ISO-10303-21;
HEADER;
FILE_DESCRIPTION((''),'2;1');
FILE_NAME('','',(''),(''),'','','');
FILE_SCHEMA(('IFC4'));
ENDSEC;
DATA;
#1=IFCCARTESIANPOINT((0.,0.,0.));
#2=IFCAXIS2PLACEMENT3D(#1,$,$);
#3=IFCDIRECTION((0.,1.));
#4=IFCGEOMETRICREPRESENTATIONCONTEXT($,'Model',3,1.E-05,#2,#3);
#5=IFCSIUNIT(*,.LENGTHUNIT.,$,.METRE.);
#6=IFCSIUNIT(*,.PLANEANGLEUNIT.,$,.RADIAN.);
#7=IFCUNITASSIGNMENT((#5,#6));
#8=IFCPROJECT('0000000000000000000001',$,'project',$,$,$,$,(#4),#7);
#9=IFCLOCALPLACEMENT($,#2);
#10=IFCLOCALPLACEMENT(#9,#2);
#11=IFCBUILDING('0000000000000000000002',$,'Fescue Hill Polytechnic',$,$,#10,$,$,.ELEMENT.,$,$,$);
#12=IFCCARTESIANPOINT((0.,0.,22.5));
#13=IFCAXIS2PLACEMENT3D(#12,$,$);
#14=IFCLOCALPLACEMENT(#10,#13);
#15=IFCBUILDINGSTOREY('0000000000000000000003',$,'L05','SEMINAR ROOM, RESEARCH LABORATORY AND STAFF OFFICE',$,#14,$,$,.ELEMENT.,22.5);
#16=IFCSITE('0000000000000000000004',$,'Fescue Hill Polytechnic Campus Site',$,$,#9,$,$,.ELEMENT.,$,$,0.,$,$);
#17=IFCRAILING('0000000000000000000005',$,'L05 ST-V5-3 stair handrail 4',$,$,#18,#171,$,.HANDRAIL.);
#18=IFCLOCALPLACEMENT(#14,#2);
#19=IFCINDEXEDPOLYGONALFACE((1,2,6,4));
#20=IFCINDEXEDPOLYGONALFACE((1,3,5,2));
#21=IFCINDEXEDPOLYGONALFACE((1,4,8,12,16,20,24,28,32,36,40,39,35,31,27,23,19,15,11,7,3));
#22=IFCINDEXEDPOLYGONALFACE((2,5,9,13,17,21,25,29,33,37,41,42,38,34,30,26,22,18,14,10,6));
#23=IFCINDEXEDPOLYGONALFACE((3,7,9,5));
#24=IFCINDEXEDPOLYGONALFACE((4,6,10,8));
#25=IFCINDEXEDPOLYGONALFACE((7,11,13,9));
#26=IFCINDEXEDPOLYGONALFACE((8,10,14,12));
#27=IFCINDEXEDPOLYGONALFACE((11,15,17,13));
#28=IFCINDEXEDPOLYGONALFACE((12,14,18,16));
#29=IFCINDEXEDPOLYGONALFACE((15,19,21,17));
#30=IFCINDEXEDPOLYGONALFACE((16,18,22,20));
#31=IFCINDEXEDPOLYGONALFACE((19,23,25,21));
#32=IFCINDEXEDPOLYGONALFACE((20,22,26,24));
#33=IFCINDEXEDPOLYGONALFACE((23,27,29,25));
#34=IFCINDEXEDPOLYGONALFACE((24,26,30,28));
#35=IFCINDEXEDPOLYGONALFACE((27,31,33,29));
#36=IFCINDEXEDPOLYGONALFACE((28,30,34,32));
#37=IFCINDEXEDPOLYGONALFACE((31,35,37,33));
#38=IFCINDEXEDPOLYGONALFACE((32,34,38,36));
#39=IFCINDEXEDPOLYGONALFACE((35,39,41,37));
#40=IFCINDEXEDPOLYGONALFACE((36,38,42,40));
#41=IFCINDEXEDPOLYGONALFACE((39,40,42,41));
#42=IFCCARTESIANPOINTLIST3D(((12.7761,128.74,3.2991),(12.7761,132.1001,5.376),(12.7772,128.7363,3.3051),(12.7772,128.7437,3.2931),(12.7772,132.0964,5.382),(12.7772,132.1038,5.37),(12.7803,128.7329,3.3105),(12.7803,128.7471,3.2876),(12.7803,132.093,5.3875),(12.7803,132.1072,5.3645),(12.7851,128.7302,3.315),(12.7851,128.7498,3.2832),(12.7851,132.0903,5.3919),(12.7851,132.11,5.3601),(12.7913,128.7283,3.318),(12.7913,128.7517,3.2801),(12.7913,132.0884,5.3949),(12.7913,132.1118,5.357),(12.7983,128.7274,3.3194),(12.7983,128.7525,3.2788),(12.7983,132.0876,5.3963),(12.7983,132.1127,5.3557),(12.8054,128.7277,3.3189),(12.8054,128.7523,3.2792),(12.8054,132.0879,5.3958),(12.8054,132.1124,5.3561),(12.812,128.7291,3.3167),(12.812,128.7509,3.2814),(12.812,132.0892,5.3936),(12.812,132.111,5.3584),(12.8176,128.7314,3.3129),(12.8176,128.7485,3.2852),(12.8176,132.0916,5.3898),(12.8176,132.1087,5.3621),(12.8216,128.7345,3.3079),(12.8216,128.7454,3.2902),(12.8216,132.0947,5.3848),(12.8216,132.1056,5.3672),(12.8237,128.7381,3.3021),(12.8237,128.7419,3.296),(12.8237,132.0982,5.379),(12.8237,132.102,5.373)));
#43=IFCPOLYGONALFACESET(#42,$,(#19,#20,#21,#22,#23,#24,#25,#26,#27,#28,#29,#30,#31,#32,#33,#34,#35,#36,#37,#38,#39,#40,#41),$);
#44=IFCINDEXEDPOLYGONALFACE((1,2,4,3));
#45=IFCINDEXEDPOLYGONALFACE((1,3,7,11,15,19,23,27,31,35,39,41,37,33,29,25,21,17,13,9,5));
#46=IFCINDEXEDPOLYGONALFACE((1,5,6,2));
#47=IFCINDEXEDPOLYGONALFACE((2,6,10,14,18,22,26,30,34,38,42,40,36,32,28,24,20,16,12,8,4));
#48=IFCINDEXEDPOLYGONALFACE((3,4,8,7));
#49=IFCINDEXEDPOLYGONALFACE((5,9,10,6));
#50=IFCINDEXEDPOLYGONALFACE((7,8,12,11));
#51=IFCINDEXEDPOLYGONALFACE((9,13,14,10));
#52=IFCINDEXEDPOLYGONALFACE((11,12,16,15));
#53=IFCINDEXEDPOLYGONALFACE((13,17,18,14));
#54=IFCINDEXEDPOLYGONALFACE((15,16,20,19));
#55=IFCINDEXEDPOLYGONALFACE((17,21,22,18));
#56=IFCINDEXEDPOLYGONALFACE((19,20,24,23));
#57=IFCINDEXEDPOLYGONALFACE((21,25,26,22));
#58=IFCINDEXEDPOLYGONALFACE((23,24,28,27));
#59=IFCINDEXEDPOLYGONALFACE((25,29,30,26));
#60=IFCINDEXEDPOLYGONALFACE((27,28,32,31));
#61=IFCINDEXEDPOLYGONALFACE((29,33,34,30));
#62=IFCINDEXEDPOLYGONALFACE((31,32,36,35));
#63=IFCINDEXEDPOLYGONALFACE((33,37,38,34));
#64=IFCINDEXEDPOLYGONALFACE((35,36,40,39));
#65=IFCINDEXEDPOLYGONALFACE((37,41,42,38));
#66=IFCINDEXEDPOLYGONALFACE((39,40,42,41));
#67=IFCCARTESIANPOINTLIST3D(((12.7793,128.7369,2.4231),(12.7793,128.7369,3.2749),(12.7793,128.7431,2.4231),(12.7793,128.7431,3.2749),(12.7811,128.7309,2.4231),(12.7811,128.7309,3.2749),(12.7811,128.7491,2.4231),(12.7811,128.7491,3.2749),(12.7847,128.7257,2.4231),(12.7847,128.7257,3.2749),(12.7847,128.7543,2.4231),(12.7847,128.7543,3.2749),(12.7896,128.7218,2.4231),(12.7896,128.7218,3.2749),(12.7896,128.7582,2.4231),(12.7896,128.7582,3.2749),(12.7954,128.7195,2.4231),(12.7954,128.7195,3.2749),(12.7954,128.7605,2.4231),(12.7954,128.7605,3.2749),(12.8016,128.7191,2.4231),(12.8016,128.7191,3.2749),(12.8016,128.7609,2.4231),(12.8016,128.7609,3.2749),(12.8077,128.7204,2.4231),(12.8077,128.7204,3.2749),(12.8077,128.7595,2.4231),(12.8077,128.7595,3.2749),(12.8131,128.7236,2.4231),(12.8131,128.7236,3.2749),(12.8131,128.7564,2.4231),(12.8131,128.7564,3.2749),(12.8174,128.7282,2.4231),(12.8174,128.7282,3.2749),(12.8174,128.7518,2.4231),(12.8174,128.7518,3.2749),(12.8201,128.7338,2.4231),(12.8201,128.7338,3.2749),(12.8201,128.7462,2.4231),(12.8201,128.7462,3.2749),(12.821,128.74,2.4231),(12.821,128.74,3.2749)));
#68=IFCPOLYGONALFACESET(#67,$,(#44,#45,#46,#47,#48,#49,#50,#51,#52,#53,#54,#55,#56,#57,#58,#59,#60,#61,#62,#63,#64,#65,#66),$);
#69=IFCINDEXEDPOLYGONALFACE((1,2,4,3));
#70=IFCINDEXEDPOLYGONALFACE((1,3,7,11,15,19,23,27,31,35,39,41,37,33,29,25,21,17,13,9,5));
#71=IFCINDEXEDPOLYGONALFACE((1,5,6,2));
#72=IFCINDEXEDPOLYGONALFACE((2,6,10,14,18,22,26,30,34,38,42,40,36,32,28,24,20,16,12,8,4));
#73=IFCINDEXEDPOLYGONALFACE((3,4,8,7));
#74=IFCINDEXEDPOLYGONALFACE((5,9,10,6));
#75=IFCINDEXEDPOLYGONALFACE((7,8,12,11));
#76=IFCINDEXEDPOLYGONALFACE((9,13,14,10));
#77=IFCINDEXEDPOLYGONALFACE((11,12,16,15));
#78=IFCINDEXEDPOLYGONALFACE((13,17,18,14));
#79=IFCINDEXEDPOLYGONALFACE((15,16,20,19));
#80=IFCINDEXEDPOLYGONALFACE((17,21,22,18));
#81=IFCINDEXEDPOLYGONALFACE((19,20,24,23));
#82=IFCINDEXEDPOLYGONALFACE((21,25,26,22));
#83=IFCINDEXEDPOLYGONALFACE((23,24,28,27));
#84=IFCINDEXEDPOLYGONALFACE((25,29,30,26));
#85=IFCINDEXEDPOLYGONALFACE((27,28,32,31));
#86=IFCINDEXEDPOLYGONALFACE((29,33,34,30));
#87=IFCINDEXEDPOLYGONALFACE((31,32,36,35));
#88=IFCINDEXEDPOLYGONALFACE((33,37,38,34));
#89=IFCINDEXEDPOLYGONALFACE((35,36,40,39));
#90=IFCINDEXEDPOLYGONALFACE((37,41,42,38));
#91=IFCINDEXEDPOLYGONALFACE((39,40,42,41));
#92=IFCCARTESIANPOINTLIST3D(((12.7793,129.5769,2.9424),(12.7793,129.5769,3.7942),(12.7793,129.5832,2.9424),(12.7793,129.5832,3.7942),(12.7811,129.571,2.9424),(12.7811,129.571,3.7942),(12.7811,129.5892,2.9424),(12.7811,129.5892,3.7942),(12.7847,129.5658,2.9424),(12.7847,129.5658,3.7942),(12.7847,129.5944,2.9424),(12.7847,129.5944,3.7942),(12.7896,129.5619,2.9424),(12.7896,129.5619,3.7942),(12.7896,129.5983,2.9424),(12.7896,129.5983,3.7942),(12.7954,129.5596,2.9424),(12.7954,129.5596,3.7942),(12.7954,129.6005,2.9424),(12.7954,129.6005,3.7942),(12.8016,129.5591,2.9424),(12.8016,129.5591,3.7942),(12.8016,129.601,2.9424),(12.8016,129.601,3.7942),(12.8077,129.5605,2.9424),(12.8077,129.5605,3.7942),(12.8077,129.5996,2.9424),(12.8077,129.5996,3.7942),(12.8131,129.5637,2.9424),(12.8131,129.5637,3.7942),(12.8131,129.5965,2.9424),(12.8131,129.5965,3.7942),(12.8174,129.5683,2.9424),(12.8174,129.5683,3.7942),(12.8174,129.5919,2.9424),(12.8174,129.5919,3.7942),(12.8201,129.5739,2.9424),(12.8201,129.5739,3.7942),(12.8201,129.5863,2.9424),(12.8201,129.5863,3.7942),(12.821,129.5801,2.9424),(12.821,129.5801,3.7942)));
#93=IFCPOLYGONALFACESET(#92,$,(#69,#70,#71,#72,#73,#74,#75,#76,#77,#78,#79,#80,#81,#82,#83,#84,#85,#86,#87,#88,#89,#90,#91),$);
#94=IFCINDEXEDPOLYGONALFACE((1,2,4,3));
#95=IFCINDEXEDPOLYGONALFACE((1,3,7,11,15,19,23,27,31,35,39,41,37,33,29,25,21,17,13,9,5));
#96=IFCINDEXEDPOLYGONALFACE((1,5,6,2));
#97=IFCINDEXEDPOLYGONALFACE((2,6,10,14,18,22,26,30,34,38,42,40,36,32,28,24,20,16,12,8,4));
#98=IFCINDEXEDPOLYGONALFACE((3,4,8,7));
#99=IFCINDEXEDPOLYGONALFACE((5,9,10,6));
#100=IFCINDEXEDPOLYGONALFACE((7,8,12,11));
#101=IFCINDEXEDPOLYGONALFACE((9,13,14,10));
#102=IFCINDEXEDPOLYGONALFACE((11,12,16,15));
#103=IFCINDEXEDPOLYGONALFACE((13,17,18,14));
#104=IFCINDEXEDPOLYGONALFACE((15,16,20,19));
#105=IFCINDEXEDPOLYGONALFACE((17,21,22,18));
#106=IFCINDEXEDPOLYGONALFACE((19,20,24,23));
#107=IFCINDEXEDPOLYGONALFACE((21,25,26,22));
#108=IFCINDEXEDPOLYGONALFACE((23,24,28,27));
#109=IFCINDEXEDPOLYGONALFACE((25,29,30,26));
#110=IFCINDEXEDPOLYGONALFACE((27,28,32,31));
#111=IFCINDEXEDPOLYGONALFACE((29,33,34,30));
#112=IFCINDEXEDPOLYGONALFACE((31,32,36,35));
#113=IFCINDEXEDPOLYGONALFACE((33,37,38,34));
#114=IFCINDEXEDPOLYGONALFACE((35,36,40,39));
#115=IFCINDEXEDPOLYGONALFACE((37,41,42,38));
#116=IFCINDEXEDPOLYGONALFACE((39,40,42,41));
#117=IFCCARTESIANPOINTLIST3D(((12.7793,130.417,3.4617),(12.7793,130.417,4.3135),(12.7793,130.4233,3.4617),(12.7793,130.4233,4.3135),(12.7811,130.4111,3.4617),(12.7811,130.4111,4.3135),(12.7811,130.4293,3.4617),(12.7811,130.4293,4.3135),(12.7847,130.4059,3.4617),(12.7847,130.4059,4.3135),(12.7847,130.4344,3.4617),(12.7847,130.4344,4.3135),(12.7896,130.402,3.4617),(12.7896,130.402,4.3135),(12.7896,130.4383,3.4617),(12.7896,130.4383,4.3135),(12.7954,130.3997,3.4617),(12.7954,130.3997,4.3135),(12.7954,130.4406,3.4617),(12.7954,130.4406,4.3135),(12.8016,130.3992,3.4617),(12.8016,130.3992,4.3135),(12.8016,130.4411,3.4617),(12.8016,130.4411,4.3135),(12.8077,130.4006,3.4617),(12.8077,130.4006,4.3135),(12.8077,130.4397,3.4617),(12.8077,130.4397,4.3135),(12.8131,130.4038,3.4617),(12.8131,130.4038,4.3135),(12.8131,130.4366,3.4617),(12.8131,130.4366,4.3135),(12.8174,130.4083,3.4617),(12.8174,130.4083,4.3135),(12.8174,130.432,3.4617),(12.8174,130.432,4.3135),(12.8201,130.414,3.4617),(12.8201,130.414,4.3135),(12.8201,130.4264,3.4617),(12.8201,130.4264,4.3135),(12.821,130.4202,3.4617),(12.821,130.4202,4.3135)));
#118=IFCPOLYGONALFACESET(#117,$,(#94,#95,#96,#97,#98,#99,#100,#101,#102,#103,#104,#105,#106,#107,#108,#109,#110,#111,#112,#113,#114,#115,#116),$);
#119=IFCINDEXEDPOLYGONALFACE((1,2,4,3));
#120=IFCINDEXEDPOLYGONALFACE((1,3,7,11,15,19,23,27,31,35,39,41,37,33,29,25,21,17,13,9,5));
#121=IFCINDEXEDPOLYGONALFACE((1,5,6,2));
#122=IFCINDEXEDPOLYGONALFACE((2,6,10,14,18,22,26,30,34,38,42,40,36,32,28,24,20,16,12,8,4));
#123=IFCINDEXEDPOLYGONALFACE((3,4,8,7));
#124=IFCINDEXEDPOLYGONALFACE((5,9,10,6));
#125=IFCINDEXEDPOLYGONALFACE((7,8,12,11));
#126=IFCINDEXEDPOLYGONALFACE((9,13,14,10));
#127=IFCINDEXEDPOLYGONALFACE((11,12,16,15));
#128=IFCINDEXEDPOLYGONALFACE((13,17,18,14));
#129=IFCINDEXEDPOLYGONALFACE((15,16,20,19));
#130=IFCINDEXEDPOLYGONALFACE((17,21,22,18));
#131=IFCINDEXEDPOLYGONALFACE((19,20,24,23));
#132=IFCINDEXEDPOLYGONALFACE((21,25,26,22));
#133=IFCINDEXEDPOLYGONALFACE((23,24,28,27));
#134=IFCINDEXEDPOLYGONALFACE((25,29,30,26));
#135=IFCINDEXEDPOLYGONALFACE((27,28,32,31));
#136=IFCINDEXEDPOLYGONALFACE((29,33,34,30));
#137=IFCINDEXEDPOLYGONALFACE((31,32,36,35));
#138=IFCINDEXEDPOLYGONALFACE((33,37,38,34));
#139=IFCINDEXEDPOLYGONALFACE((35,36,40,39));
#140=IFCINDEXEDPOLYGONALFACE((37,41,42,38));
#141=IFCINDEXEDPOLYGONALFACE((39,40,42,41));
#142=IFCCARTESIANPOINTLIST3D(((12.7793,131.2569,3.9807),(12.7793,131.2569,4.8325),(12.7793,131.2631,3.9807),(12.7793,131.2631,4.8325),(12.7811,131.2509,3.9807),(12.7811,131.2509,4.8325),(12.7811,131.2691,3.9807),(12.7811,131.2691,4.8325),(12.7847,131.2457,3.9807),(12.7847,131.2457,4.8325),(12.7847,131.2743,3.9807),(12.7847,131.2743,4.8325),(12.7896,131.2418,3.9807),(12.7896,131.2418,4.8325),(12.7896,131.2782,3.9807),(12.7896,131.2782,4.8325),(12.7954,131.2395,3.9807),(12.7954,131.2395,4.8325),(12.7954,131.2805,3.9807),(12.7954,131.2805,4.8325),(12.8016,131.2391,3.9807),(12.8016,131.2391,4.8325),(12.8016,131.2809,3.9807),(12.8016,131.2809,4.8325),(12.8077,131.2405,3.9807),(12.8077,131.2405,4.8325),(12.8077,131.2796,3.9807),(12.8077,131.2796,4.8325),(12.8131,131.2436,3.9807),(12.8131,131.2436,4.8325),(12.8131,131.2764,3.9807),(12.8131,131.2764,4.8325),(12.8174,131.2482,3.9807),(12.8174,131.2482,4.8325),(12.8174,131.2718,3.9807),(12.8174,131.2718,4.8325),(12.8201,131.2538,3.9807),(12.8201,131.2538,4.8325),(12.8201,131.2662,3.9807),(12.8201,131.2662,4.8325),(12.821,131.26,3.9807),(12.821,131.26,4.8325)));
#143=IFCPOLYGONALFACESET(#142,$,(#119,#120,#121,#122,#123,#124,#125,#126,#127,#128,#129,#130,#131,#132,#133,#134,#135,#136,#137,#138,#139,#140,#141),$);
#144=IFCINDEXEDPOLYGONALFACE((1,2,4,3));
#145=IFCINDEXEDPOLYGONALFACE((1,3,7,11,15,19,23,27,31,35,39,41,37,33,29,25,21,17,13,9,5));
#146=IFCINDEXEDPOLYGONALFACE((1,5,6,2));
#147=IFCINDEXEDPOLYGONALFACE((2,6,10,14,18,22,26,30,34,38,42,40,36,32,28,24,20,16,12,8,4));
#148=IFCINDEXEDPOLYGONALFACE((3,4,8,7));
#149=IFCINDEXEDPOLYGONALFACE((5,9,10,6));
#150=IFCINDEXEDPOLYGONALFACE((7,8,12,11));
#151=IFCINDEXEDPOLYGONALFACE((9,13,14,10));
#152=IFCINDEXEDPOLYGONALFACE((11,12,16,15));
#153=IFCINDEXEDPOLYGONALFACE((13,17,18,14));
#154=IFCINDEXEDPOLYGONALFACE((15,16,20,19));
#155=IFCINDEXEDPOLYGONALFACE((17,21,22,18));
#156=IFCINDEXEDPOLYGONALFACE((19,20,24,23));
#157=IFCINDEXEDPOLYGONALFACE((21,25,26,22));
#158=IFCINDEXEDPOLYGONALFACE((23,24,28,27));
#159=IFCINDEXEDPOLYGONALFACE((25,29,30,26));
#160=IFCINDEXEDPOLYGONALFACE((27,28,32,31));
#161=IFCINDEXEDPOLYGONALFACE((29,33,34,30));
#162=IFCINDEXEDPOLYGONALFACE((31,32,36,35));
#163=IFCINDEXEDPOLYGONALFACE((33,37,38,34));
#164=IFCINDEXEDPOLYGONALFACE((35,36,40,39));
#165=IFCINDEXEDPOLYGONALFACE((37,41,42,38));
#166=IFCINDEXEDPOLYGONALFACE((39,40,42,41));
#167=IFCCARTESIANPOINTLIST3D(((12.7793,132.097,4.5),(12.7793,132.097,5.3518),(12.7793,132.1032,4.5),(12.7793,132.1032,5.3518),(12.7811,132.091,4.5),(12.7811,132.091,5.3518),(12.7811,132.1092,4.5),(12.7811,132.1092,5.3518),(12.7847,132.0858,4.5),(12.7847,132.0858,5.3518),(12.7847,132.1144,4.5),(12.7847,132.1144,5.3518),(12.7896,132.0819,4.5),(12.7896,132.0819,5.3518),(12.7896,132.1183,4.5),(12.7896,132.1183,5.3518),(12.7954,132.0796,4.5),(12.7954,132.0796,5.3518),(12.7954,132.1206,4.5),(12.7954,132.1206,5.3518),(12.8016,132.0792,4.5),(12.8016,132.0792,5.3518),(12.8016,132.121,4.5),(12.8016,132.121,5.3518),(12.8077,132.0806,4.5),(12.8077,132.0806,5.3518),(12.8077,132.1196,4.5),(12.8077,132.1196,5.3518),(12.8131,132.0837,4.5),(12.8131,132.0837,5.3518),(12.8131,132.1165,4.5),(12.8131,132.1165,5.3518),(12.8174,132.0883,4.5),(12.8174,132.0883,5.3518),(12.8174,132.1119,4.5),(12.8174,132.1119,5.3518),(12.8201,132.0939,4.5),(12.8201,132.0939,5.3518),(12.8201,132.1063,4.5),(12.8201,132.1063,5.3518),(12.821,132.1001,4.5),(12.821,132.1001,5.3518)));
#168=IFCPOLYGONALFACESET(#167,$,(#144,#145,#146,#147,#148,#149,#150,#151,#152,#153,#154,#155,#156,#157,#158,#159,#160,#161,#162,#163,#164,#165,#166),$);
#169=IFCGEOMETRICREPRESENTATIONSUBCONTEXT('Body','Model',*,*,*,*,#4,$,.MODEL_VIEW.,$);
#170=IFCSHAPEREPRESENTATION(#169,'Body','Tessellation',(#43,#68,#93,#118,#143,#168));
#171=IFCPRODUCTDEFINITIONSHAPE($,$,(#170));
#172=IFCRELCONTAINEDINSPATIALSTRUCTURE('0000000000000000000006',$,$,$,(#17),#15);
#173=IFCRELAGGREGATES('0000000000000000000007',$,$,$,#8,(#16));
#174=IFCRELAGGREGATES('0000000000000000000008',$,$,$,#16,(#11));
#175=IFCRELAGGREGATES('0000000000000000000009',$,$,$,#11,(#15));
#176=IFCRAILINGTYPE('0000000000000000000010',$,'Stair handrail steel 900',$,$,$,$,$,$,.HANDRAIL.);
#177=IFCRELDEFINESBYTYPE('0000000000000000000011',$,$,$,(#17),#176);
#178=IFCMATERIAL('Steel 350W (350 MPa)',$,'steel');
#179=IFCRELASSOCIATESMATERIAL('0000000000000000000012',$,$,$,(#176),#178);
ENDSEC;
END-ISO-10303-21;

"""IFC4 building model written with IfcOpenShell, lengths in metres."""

from ifc_helpers import new_model, si_unit, direction, frame, origin, origin_2d, place, context, subcontext, project, spatial, circle, extrude, material, type_object, element, save


model = new_model("IFC4")

# Units and contexts
model_context = context("Model", 3, precision=1e-05, world=origin(), true_north=direction((0.0, 1.0)))
body_context = subcontext(model_context, "Body", "Model", "MODEL_VIEW")
ifc_project = project(units=[si_unit("LENGTHUNIT", "METRE"), si_unit("PLANEANGLEUNIT", "RADIAN")], contexts=[model_context])

# Site, building, storey
site_placement = place(None, origin())
site = spatial("IfcSite", under=ifc_project, at=site_placement, Name="Fescue Hill Polytechnic Campus Site", CompositionType="ELEMENT", RefElevation=0.0)
building_placement = place(site_placement, origin())
building = spatial("IfcBuilding", under=site, at=building_placement, Name="Fescue Hill Polytechnic", CompositionType="ELEMENT")
storey_placement = place(building_placement, frame((0.0, 0.0, 22.5)))
storey = spatial("IfcBuildingStorey", under=building, at=storey_placement, Name="L05", Description="SEMINAR ROOM, RESEARCH LABORATORY AND STAFF OFFICE", CompositionType="ELEMENT", Elevation=22.5)

# Railing
ifc_material_1 = material(Name="Steel 350W (350 MPa)", Category="steel")
railing_type_1 = type_object("IfcRailingType", Name="Stair handrail steel 900", PredefinedType="HANDRAIL", material=ifc_material_1)
for number, where, name in (
    (1, (12.8, 128.74, 2.4231), "L05 ST-V5-3 stair handrail 4"),
):
    element("IfcRailing", number, at=place(storey_placement, frame(where)), inside=storey, type_object=railing_type_1, Name=name, PredefinedType="HANDRAIL", context=body_context, shape_type="SweptSolid", body=[
        extrude(circle(Radius=0.0239, at=origin_2d()), frame((0.0, 0.0, 0.876), z_axis=(0.0, 0.850623, 0.525776), x_axis=(-1.0, 0.0, 0.0)), (0.0, 0.0, 1.0), 3.9502),
        extrude(circle(Radius=0.021, at=origin_2d()), origin(), (0.0, 0.0, 1.0), 0.8518),
        extrude(circle(Radius=0.021, at=origin_2d()), frame((0.0, 0.8401, 0.5193)), (0.0, 0.0, 1.0), 0.8518),
        extrude(circle(Radius=0.021, at=origin_2d()), frame((0.0, 1.6802, 1.0386)), (0.0, 0.0, 1.0), 0.8518),
        extrude(circle(Radius=0.021, at=origin_2d()), frame((0.0, 2.52, 1.5576)), (0.0, 0.0, 1.0), 0.8518),
        extrude(circle(Radius=0.021, at=origin_2d()), frame((0.0, 3.3601, 2.0769)), (0.0, 0.0, 1.0), 0.8518),
    ])

save(model, "model.ifc")
